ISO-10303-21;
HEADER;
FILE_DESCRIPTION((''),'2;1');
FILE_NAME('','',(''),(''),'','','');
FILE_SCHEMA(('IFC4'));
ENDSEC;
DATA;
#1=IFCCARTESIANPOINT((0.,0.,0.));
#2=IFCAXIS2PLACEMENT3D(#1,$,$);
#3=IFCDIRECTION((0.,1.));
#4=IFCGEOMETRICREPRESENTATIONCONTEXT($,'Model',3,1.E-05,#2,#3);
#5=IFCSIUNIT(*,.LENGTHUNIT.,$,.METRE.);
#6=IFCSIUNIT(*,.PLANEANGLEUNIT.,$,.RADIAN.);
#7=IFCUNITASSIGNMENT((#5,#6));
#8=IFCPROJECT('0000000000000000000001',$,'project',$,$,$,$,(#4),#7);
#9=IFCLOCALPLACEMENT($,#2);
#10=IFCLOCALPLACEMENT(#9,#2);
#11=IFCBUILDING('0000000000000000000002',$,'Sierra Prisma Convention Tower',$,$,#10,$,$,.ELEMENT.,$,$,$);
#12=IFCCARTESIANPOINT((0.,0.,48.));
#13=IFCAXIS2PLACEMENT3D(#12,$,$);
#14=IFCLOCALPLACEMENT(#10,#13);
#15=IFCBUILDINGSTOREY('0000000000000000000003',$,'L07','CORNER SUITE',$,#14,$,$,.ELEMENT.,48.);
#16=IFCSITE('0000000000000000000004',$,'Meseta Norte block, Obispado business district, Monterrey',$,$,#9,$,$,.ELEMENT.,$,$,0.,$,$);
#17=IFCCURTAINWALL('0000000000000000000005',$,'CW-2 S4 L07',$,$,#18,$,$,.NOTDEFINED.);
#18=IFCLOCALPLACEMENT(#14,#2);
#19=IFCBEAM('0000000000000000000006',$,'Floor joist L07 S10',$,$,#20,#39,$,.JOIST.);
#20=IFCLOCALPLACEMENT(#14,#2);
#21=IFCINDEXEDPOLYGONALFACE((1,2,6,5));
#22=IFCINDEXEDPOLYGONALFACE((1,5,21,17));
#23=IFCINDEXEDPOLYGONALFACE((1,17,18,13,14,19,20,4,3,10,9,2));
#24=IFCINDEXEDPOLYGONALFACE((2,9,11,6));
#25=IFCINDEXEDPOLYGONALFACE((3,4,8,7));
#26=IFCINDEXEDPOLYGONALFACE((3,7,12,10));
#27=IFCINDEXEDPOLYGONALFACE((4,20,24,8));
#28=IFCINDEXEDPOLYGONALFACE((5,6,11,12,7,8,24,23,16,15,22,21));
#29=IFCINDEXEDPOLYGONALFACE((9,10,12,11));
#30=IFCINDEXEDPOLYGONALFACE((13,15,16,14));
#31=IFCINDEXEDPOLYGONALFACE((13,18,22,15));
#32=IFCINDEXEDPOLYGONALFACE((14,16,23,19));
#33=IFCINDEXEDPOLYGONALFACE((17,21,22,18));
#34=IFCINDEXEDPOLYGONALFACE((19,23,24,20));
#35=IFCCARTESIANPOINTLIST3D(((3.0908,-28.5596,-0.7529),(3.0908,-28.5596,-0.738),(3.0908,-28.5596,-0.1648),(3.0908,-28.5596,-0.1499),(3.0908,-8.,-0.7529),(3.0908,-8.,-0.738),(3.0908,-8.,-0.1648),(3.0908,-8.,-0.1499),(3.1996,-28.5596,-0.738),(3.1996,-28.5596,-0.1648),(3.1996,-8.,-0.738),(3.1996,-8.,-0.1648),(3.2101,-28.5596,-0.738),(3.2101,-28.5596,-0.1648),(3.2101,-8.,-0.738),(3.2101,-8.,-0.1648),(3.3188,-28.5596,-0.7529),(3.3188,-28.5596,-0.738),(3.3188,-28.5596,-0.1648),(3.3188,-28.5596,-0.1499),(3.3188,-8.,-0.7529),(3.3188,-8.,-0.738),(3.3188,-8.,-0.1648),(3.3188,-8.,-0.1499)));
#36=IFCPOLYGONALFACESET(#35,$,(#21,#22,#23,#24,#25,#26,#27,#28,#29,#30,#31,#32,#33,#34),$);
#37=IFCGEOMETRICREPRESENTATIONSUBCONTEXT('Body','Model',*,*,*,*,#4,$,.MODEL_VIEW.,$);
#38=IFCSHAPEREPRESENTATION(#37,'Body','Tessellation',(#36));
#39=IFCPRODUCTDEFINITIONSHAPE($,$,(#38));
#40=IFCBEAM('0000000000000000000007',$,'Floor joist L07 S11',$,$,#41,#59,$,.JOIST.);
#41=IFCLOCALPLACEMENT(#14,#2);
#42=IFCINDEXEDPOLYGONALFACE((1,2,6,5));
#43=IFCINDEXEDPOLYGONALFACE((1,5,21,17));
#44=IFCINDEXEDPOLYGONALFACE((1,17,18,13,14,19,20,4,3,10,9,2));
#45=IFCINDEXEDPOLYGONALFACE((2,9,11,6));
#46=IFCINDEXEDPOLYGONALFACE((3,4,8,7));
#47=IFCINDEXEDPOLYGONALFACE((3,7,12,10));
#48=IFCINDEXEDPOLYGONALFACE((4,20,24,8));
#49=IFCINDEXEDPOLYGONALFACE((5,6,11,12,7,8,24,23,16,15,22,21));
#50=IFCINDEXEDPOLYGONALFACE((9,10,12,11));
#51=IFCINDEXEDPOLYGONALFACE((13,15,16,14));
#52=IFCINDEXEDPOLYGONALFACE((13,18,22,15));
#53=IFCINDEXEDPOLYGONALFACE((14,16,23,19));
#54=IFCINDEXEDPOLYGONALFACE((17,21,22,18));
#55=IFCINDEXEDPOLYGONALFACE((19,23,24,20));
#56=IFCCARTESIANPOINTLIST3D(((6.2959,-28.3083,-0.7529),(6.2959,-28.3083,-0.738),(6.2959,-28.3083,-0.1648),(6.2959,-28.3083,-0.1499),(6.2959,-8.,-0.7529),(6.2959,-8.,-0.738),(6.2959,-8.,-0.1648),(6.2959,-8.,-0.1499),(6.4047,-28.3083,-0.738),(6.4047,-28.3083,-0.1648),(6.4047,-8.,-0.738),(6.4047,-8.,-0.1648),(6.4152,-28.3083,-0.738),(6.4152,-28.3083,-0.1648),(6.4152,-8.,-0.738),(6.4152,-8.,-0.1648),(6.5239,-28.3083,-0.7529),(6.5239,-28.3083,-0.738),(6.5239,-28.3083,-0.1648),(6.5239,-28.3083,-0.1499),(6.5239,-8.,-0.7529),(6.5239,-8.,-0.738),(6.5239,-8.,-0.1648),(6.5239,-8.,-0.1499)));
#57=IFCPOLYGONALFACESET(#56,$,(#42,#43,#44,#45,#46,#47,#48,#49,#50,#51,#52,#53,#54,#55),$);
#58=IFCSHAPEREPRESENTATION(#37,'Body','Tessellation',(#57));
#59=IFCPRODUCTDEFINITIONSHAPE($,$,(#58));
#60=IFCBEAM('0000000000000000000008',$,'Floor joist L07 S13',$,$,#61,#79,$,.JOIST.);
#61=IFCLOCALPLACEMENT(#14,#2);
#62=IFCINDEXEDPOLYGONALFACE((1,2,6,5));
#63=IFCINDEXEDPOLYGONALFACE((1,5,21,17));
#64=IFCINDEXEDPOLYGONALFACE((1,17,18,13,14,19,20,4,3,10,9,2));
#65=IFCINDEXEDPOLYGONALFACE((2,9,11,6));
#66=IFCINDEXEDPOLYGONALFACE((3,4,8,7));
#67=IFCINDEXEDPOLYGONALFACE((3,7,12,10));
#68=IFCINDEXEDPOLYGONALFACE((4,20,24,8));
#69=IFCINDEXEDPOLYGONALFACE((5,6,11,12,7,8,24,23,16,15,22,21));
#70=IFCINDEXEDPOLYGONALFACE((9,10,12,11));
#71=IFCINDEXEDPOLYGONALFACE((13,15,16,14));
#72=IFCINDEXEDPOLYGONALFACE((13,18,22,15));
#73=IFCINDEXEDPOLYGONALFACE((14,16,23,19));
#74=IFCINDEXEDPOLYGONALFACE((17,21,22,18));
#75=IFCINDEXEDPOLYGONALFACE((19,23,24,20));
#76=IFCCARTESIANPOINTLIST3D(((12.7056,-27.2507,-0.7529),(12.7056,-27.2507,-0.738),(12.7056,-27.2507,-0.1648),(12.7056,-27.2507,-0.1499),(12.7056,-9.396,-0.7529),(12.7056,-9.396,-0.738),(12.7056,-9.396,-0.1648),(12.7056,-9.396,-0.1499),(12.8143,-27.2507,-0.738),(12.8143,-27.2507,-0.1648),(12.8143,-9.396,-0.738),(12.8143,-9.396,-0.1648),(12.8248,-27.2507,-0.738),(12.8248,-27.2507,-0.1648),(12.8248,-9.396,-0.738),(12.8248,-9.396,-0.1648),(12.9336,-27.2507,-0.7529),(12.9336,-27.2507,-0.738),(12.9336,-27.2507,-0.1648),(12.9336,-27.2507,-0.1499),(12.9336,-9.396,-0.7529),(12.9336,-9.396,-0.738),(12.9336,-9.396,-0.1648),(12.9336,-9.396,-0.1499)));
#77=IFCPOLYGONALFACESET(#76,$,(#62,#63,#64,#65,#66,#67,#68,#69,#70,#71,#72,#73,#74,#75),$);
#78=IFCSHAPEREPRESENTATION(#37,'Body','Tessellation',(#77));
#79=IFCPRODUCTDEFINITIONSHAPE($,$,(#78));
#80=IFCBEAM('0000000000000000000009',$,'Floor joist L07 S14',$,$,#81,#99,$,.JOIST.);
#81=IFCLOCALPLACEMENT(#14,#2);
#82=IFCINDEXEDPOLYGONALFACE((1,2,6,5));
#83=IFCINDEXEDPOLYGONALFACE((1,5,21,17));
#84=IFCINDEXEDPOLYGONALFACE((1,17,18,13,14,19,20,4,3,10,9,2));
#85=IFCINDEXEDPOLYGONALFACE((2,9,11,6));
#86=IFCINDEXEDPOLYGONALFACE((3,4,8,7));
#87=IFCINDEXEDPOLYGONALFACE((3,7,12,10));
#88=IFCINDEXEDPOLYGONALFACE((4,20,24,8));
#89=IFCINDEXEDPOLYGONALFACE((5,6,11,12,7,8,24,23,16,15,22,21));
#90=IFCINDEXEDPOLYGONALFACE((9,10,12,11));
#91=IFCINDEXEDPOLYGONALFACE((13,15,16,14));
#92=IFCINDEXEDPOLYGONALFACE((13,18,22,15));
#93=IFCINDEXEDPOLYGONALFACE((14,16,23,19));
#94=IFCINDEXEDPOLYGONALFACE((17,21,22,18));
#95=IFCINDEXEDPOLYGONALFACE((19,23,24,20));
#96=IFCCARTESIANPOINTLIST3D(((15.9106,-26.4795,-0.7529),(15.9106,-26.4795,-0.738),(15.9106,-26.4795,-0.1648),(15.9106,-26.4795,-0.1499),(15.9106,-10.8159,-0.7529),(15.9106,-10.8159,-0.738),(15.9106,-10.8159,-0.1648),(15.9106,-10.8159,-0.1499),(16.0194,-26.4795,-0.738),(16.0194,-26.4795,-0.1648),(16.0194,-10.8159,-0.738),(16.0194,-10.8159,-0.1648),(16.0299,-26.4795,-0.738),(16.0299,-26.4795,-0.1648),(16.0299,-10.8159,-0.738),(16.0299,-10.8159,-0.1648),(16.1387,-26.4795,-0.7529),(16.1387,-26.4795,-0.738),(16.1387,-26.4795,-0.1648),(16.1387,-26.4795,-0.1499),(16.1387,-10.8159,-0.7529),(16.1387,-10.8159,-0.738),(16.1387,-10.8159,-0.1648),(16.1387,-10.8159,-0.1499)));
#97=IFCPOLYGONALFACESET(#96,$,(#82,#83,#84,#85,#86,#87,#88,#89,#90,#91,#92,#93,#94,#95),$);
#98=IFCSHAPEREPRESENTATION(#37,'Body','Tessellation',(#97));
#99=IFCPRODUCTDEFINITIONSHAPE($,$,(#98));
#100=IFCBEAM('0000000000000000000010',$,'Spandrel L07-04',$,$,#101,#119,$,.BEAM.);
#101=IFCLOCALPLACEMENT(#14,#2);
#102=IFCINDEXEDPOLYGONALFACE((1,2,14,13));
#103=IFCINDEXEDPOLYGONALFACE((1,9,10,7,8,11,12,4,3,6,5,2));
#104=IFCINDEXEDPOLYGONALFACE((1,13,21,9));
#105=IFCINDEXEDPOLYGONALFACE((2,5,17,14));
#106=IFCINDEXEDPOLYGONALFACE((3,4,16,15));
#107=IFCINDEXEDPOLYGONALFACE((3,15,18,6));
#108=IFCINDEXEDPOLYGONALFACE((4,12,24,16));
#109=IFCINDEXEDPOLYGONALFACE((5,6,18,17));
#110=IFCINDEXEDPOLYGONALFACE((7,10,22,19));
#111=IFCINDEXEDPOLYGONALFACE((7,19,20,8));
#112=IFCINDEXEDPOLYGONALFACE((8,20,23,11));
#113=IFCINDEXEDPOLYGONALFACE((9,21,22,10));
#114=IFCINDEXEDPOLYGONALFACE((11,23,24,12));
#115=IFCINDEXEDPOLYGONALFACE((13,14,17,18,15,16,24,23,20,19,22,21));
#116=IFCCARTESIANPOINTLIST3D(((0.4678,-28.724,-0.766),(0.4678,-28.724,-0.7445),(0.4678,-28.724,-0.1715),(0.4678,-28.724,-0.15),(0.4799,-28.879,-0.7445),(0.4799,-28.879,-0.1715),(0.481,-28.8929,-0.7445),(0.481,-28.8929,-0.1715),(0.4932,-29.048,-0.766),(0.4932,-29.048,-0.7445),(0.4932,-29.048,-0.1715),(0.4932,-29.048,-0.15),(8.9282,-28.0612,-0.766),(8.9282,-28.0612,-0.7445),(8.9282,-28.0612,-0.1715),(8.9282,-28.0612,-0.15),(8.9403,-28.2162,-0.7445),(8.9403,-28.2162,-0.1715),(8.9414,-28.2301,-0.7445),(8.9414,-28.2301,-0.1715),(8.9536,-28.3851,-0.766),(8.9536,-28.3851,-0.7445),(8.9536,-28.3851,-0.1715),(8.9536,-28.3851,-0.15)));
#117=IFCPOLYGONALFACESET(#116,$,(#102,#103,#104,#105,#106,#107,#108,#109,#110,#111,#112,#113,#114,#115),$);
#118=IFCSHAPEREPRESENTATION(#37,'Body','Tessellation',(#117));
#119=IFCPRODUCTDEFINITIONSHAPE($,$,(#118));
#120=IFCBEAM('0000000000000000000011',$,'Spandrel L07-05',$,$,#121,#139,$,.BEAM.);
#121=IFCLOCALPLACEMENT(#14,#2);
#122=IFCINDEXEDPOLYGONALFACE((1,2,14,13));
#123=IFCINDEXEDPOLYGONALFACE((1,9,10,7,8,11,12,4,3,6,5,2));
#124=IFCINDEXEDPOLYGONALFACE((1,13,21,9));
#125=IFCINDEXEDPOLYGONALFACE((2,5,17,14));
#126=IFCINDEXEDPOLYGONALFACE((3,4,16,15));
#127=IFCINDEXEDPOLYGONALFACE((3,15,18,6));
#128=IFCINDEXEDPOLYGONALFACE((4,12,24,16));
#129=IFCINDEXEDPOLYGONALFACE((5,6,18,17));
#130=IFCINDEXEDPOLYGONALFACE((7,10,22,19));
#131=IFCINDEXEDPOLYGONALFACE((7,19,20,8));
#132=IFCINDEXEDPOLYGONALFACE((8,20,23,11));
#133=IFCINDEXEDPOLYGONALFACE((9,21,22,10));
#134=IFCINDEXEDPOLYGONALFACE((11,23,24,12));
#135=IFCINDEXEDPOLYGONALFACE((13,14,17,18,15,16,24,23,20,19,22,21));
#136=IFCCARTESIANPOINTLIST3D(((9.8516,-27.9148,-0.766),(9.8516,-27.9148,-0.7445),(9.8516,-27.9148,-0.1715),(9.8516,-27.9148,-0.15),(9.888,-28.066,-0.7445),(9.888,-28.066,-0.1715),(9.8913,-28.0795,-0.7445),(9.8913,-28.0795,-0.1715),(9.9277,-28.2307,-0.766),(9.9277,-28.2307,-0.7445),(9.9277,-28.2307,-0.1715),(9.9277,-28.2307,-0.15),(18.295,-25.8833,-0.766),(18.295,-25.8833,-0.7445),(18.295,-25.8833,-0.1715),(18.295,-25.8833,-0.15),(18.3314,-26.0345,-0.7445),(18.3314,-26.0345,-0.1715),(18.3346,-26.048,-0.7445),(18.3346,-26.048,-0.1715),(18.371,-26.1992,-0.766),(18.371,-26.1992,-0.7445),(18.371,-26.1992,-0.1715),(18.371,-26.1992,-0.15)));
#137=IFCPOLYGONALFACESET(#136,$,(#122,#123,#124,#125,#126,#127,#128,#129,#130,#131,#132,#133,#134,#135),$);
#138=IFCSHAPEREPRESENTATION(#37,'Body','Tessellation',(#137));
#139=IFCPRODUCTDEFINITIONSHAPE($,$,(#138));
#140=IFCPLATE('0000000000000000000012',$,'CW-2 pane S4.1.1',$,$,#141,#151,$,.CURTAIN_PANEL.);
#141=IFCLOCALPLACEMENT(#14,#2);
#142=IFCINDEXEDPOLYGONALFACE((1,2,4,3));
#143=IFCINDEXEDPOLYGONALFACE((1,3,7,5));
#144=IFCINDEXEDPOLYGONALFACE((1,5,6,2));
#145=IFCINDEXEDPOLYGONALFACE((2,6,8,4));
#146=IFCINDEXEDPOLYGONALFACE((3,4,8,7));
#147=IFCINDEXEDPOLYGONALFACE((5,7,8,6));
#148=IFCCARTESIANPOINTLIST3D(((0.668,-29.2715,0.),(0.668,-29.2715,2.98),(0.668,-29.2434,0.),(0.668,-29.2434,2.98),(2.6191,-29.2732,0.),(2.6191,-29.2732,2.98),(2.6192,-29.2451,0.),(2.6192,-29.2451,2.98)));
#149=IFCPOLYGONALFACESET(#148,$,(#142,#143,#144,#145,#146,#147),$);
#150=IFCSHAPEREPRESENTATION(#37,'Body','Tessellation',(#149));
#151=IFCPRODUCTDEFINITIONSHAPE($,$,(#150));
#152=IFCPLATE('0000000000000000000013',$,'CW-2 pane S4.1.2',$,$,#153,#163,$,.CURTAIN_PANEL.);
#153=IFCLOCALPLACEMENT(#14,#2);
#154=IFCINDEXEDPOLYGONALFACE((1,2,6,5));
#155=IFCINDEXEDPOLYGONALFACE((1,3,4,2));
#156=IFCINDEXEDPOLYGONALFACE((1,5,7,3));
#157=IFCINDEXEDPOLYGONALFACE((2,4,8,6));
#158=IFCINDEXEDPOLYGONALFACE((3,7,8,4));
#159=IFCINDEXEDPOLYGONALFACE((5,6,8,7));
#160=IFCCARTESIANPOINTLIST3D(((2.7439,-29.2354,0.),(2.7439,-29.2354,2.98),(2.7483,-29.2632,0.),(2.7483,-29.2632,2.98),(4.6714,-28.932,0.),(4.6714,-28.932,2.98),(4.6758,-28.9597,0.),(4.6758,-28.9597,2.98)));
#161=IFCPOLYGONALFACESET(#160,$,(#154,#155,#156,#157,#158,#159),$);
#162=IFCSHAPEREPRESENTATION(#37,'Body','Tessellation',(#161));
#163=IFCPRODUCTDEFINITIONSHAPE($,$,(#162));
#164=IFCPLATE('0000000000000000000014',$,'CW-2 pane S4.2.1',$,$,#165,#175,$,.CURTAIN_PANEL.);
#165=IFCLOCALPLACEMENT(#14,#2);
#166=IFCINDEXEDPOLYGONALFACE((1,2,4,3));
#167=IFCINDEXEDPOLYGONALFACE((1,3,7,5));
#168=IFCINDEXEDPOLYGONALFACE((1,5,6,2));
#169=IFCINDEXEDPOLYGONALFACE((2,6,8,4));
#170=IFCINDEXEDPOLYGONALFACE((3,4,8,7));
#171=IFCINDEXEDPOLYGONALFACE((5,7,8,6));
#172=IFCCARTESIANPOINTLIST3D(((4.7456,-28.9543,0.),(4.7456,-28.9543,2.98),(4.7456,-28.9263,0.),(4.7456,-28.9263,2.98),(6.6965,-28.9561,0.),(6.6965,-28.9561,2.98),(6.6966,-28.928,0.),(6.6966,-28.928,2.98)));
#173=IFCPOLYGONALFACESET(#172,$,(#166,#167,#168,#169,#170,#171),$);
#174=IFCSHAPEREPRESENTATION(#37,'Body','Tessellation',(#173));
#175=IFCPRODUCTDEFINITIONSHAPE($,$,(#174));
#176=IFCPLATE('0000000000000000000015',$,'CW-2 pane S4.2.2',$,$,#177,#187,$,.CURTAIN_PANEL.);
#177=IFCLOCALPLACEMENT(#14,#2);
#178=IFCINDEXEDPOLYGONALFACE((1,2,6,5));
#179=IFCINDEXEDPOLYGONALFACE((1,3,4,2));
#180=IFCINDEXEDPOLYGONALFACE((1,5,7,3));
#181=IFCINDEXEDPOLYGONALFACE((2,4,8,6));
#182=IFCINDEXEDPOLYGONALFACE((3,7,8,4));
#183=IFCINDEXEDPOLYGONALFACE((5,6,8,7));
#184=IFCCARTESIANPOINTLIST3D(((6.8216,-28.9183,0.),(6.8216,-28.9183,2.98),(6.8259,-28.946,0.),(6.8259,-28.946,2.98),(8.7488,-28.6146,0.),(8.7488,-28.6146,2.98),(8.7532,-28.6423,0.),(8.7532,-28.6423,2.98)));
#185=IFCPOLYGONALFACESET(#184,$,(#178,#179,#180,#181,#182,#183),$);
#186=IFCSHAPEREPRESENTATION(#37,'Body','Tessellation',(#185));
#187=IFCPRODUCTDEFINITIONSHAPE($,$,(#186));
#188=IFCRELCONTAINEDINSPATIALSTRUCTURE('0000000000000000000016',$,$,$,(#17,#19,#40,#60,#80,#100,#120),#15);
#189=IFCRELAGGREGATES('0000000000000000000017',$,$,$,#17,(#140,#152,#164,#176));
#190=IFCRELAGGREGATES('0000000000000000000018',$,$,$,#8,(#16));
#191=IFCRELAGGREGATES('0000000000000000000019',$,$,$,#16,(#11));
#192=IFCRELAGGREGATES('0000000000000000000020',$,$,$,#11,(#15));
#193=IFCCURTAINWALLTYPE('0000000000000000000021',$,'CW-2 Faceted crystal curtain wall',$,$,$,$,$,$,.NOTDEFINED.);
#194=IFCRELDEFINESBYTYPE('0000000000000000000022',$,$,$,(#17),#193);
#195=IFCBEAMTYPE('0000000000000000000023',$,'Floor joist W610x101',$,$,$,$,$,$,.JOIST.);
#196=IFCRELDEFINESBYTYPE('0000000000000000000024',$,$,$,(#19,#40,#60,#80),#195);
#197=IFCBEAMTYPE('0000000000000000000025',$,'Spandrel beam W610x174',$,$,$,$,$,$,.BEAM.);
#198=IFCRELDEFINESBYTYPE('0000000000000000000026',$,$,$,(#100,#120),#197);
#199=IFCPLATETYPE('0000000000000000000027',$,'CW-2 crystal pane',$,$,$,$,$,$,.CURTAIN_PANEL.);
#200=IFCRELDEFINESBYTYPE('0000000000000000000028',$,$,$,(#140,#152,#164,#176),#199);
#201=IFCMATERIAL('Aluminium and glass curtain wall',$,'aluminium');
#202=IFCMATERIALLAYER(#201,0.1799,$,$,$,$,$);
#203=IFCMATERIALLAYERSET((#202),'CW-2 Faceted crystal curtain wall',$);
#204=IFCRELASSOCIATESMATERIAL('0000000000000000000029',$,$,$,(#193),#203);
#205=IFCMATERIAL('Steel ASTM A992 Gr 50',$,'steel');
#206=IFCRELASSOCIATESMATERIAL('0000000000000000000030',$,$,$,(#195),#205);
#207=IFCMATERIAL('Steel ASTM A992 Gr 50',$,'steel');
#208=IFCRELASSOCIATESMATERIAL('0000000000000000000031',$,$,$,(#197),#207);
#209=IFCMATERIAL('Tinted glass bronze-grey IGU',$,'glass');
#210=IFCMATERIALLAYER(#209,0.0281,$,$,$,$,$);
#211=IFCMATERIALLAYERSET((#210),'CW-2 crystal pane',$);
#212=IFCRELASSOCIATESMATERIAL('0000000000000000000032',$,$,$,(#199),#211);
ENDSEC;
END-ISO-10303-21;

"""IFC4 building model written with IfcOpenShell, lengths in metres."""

from ifc_helpers import new_model, si_unit, direction, frame, origin, origin_2d, place, context, subcontext, project, spatial, polyline, i_section, outline, extrude, material, layer, layer_set, material_profile, profile_set, type_object, element, aggregate, save


model = new_model("IFC4")

# Units and contexts
model_context = context("Model", 3, precision=1e-05, world=origin(), true_north=direction((0.0, 1.0)))
body_context = subcontext(model_context, "Body", "Model", "MODEL_VIEW")
ifc_project = project(units=[si_unit("LENGTHUNIT", "METRE"), si_unit("PLANEANGLEUNIT", "RADIAN")], contexts=[model_context])

# Site, building, storey
site_placement = place(None, origin())
site = spatial("IfcSite", under=ifc_project, at=site_placement, Name="Meseta Norte block, Obispado business district, Monterrey", CompositionType="ELEMENT", RefElevation=0.0)
building_placement = place(site_placement, origin())
building = spatial("IfcBuilding", under=site, at=building_placement, Name="Sierra Prisma Convention Tower", CompositionType="ELEMENT")
storey_placement = place(building_placement, frame((0.0, 0.0, 48.0)))
storey = spatial("IfcBuildingStorey", under=building, at=storey_placement, Name="L07", Description="CORNER SUITE", CompositionType="ELEMENT", Elevation=48.0)

# Curtain wall
ifc_material_1 = material(Name="Aluminium and glass curtain wall", Category="aluminium")
ifc_layer_1 = layer(ifc_material_1, 0.1799)
ifc_layer_set_1 = layer_set([ifc_layer_1], Name="CW-2 Faceted crystal curtain wall")
curtain_wall_type = type_object("IfcCurtainWallType", Name="CW-2 Faceted crystal curtain wall", PredefinedType="NOTDEFINED", material=ifc_layer_set_1)
curtain_wall_1_placement = place(storey_placement, origin())
curtain_wall_1 = element("IfcCurtainWall", 1, at=curtain_wall_1_placement, inside=storey, type_object=curtain_wall_type, Name="CW-2 S4 L07", PredefinedType="NOTDEFINED")

# Beams
ifc_material_2 = material(Name="Steel ASTM A992 Gr 50", Category="steel")
ifc_material_profile_1 = material_profile(ifc_material_2, i_section(OverallWidth=0.228, OverallDepth=0.603, WebThickness=0.0105, FlangeThickness=0.0149, at=origin_2d()), Name="W610x101")
ifc_profile_set_1 = profile_set([ifc_material_profile_1], Name="Steel ASTM A992 Gr 50")
beam_type_1 = type_object("IfcBeamType", Name="Floor joist W610x101", PredefinedType="JOIST", material=ifc_profile_set_1)
beam_1_placement = place(storey_placement, frame((3.2048, -28.5596, -0.4514), z_axis=(0.0, 1.0, 0.0), x_axis=(-1.0, 0.0, 0.0)))
element("IfcBeam", 2, at=beam_1_placement, inside=storey, type_object=beam_type_1, Name="Floor joist L07 S10", PredefinedType="JOIST", context=body_context, shape_type="SweptSolid", body=[
    extrude(i_section(OverallWidth=0.228, OverallDepth=0.603, WebThickness=0.0105, FlangeThickness=0.0149, at=origin_2d()), origin(), (0.0, 0.0, 1.0), 20.5596),
])
beam_2_placement = place(storey_placement, frame((6.4099, -28.3083, -0.4514), z_axis=(0.0, 1.0, 0.0), x_axis=(-1.0, 0.0, 0.0)))
element("IfcBeam", 3, at=beam_2_placement, inside=storey, type_object=beam_type_1, Name="Floor joist L07 S11", PredefinedType="JOIST", context=body_context, shape_type="SweptSolid", body=[
    extrude(i_section(OverallWidth=0.228, OverallDepth=0.603, WebThickness=0.0105, FlangeThickness=0.0149, at=origin_2d()), origin(), (0.0, 0.0, 1.0), 20.3083),
])
beam_3_placement = place(storey_placement, frame((12.8196, -27.2507, -0.4514), z_axis=(0.0, 1.0, 0.0), x_axis=(-1.0, 0.0, 0.0)))
element("IfcBeam", 4, at=beam_3_placement, inside=storey, type_object=beam_type_1, Name="Floor joist L07 S13", PredefinedType="JOIST", context=body_context, shape_type="SweptSolid", body=[
    extrude(i_section(OverallWidth=0.228, OverallDepth=0.603, WebThickness=0.0105, FlangeThickness=0.0149, at=origin_2d()), origin(), (0.0, 0.0, 1.0), 17.8547),
])
beam_4_placement = place(storey_placement, frame((16.0247, -26.4795, -0.4514), z_axis=(0.0, 1.0, 0.0), x_axis=(-1.0, 0.0, 0.0)))
element("IfcBeam", 5, at=beam_4_placement, inside=storey, type_object=beam_type_1, Name="Floor joist L07 S14", PredefinedType="JOIST", context=body_context, shape_type="SweptSolid", body=[
    extrude(i_section(OverallWidth=0.228, OverallDepth=0.603, WebThickness=0.0105, FlangeThickness=0.0149, at=origin_2d()), origin(), (0.0, 0.0, 1.0), 15.6636),
])
ifc_material_3 = material(Name="Steel ASTM A992 Gr 50", Category="steel")
ifc_material_profile_2 = material_profile(ifc_material_3, i_section(OverallWidth=0.325, OverallDepth=0.616, WebThickness=0.0139, FlangeThickness=0.0215, at=origin_2d()), Name="W610x174")
ifc_profile_set_2 = profile_set([ifc_material_profile_2], Name="Steel ASTM A992 Gr 50")
beam_type_2 = type_object("IfcBeamType", Name="Spandrel beam W610x174", PredefinedType="BEAM", material=ifc_profile_set_2)
beam_5_placement = place(storey_placement, frame((0.4805, -28.886, -0.458), z_axis=(0.996945, 0.078107, 0.0), x_axis=(-0.078107, 0.996945, 0.0)))
element("IfcBeam", 6, at=beam_5_placement, inside=storey, type_object=beam_type_2, Name="Spandrel L07-04", PredefinedType="BEAM", context=body_context, shape_type="SweptSolid", body=[
    extrude(i_section(OverallWidth=0.325, OverallDepth=0.616, WebThickness=0.0139, FlangeThickness=0.0215, at=origin_2d()), origin(), (0.0, 0.0, 1.0), 8.4863),
])
beam_6_placement = place(storey_placement, frame((9.8896, -28.0728, -0.458), z_axis=(0.972254, 0.233927, 0.0), x_axis=(-0.233927, 0.972254, 0.0)))
element("IfcBeam", 7, at=beam_6_placement, inside=storey, type_object=beam_type_2, Name="Spandrel L07-05", PredefinedType="BEAM", context=body_context, shape_type="SweptSolid", body=[
    extrude(i_section(OverallWidth=0.325, OverallDepth=0.616, WebThickness=0.0139, FlangeThickness=0.0215, at=origin_2d()), origin(), (0.0, 0.0, 1.0), 8.6843),
])

# Plates
ifc_material_4 = material(Name="Tinted glass bronze-grey IGU", Category="glass")
ifc_layer_2 = layer(ifc_material_4, 0.0281)
ifc_layer_set_2 = layer_set([ifc_layer_2], Name="CW-2 crystal pane")
plate_type = type_object("IfcPlateType", Name="CW-2 crystal pane", PredefinedType="CURTAIN_PANEL", material=ifc_layer_set_2)
plate_1_placement = place(storey_placement, frame((0.668, -29.2715, 0.0), z_axis=(-0.000876, -1.0, 0.0), x_axis=(1.0, -0.000876, 0.0)))
plate_1 = element("IfcPlate", 8, at=plate_1_placement, type_object=plate_type, Name="CW-2 pane S4.1.1", PredefinedType="CURTAIN_PANEL", context=body_context, shape_type="SweptSolid", body=[
    extrude(outline(polyline([(0.0, 0.0), (1.9512, 0.0), (1.9512, 2.98), (0.0, 2.98), (0.0, 0.0)])), origin(), (0.0, 0.0, -1.0), 0.0281),
])
plate_2_placement = place(storey_placement, frame((4.6758, -28.9597, 0.0), z_axis=(0.155526, -0.987832, 0.0), x_axis=(-0.987832, -0.155526, 0.0)))
plate_2 = element("IfcPlate", 9, at=plate_2_placement, type_object=plate_type, Name="CW-2 pane S4.1.2", PredefinedType="CURTAIN_PANEL", context=body_context, shape_type="SweptSolid", body=[
    extrude(outline(polyline([(0.0, 0.0), (1.9512, 0.0), (1.9512, -2.98), (0.0, -2.98), (0.0, 0.0)])), origin(), (0.0, 0.0, -1.0), 0.0281),
])
plate_3_placement = place(storey_placement, frame((4.7456, -28.9543, 0.0), z_axis=(-0.000876, -1.0, 0.0), x_axis=(1.0, -0.000876, 0.0)))
plate_3 = element("IfcPlate", 10, at=plate_3_placement, type_object=plate_type, Name="CW-2 pane S4.2.1", PredefinedType="CURTAIN_PANEL", context=body_context, shape_type="SweptSolid", body=[
    extrude(outline(polyline([(0.0, 0.0), (1.9509, 0.0), (1.9509, 2.98), (0.0, 2.98), (0.0, 0.0)])), origin(), (0.0, 0.0, -1.0), 0.0281),
])
plate_4_placement = place(storey_placement, frame((8.7532, -28.6423, 0.0), z_axis=(0.155667, -0.98781, 0.0), x_axis=(-0.98781, -0.155667, 0.0)))
plate_4 = element("IfcPlate", 11, at=plate_4_placement, type_object=plate_type, Name="CW-2 pane S4.2.2", PredefinedType="CURTAIN_PANEL", context=body_context, shape_type="SweptSolid", body=[
    extrude(outline(polyline([(0.0, 0.0), (1.951, 0.0), (1.951, -2.98), (0.0, -2.98), (0.0, 0.0)])), origin(), (0.0, 0.0, -1.0), 0.0281),
])
aggregate(curtain_wall_1, [plate_1, plate_2, plate_3, plate_4])

save(model, "model.ifc")
